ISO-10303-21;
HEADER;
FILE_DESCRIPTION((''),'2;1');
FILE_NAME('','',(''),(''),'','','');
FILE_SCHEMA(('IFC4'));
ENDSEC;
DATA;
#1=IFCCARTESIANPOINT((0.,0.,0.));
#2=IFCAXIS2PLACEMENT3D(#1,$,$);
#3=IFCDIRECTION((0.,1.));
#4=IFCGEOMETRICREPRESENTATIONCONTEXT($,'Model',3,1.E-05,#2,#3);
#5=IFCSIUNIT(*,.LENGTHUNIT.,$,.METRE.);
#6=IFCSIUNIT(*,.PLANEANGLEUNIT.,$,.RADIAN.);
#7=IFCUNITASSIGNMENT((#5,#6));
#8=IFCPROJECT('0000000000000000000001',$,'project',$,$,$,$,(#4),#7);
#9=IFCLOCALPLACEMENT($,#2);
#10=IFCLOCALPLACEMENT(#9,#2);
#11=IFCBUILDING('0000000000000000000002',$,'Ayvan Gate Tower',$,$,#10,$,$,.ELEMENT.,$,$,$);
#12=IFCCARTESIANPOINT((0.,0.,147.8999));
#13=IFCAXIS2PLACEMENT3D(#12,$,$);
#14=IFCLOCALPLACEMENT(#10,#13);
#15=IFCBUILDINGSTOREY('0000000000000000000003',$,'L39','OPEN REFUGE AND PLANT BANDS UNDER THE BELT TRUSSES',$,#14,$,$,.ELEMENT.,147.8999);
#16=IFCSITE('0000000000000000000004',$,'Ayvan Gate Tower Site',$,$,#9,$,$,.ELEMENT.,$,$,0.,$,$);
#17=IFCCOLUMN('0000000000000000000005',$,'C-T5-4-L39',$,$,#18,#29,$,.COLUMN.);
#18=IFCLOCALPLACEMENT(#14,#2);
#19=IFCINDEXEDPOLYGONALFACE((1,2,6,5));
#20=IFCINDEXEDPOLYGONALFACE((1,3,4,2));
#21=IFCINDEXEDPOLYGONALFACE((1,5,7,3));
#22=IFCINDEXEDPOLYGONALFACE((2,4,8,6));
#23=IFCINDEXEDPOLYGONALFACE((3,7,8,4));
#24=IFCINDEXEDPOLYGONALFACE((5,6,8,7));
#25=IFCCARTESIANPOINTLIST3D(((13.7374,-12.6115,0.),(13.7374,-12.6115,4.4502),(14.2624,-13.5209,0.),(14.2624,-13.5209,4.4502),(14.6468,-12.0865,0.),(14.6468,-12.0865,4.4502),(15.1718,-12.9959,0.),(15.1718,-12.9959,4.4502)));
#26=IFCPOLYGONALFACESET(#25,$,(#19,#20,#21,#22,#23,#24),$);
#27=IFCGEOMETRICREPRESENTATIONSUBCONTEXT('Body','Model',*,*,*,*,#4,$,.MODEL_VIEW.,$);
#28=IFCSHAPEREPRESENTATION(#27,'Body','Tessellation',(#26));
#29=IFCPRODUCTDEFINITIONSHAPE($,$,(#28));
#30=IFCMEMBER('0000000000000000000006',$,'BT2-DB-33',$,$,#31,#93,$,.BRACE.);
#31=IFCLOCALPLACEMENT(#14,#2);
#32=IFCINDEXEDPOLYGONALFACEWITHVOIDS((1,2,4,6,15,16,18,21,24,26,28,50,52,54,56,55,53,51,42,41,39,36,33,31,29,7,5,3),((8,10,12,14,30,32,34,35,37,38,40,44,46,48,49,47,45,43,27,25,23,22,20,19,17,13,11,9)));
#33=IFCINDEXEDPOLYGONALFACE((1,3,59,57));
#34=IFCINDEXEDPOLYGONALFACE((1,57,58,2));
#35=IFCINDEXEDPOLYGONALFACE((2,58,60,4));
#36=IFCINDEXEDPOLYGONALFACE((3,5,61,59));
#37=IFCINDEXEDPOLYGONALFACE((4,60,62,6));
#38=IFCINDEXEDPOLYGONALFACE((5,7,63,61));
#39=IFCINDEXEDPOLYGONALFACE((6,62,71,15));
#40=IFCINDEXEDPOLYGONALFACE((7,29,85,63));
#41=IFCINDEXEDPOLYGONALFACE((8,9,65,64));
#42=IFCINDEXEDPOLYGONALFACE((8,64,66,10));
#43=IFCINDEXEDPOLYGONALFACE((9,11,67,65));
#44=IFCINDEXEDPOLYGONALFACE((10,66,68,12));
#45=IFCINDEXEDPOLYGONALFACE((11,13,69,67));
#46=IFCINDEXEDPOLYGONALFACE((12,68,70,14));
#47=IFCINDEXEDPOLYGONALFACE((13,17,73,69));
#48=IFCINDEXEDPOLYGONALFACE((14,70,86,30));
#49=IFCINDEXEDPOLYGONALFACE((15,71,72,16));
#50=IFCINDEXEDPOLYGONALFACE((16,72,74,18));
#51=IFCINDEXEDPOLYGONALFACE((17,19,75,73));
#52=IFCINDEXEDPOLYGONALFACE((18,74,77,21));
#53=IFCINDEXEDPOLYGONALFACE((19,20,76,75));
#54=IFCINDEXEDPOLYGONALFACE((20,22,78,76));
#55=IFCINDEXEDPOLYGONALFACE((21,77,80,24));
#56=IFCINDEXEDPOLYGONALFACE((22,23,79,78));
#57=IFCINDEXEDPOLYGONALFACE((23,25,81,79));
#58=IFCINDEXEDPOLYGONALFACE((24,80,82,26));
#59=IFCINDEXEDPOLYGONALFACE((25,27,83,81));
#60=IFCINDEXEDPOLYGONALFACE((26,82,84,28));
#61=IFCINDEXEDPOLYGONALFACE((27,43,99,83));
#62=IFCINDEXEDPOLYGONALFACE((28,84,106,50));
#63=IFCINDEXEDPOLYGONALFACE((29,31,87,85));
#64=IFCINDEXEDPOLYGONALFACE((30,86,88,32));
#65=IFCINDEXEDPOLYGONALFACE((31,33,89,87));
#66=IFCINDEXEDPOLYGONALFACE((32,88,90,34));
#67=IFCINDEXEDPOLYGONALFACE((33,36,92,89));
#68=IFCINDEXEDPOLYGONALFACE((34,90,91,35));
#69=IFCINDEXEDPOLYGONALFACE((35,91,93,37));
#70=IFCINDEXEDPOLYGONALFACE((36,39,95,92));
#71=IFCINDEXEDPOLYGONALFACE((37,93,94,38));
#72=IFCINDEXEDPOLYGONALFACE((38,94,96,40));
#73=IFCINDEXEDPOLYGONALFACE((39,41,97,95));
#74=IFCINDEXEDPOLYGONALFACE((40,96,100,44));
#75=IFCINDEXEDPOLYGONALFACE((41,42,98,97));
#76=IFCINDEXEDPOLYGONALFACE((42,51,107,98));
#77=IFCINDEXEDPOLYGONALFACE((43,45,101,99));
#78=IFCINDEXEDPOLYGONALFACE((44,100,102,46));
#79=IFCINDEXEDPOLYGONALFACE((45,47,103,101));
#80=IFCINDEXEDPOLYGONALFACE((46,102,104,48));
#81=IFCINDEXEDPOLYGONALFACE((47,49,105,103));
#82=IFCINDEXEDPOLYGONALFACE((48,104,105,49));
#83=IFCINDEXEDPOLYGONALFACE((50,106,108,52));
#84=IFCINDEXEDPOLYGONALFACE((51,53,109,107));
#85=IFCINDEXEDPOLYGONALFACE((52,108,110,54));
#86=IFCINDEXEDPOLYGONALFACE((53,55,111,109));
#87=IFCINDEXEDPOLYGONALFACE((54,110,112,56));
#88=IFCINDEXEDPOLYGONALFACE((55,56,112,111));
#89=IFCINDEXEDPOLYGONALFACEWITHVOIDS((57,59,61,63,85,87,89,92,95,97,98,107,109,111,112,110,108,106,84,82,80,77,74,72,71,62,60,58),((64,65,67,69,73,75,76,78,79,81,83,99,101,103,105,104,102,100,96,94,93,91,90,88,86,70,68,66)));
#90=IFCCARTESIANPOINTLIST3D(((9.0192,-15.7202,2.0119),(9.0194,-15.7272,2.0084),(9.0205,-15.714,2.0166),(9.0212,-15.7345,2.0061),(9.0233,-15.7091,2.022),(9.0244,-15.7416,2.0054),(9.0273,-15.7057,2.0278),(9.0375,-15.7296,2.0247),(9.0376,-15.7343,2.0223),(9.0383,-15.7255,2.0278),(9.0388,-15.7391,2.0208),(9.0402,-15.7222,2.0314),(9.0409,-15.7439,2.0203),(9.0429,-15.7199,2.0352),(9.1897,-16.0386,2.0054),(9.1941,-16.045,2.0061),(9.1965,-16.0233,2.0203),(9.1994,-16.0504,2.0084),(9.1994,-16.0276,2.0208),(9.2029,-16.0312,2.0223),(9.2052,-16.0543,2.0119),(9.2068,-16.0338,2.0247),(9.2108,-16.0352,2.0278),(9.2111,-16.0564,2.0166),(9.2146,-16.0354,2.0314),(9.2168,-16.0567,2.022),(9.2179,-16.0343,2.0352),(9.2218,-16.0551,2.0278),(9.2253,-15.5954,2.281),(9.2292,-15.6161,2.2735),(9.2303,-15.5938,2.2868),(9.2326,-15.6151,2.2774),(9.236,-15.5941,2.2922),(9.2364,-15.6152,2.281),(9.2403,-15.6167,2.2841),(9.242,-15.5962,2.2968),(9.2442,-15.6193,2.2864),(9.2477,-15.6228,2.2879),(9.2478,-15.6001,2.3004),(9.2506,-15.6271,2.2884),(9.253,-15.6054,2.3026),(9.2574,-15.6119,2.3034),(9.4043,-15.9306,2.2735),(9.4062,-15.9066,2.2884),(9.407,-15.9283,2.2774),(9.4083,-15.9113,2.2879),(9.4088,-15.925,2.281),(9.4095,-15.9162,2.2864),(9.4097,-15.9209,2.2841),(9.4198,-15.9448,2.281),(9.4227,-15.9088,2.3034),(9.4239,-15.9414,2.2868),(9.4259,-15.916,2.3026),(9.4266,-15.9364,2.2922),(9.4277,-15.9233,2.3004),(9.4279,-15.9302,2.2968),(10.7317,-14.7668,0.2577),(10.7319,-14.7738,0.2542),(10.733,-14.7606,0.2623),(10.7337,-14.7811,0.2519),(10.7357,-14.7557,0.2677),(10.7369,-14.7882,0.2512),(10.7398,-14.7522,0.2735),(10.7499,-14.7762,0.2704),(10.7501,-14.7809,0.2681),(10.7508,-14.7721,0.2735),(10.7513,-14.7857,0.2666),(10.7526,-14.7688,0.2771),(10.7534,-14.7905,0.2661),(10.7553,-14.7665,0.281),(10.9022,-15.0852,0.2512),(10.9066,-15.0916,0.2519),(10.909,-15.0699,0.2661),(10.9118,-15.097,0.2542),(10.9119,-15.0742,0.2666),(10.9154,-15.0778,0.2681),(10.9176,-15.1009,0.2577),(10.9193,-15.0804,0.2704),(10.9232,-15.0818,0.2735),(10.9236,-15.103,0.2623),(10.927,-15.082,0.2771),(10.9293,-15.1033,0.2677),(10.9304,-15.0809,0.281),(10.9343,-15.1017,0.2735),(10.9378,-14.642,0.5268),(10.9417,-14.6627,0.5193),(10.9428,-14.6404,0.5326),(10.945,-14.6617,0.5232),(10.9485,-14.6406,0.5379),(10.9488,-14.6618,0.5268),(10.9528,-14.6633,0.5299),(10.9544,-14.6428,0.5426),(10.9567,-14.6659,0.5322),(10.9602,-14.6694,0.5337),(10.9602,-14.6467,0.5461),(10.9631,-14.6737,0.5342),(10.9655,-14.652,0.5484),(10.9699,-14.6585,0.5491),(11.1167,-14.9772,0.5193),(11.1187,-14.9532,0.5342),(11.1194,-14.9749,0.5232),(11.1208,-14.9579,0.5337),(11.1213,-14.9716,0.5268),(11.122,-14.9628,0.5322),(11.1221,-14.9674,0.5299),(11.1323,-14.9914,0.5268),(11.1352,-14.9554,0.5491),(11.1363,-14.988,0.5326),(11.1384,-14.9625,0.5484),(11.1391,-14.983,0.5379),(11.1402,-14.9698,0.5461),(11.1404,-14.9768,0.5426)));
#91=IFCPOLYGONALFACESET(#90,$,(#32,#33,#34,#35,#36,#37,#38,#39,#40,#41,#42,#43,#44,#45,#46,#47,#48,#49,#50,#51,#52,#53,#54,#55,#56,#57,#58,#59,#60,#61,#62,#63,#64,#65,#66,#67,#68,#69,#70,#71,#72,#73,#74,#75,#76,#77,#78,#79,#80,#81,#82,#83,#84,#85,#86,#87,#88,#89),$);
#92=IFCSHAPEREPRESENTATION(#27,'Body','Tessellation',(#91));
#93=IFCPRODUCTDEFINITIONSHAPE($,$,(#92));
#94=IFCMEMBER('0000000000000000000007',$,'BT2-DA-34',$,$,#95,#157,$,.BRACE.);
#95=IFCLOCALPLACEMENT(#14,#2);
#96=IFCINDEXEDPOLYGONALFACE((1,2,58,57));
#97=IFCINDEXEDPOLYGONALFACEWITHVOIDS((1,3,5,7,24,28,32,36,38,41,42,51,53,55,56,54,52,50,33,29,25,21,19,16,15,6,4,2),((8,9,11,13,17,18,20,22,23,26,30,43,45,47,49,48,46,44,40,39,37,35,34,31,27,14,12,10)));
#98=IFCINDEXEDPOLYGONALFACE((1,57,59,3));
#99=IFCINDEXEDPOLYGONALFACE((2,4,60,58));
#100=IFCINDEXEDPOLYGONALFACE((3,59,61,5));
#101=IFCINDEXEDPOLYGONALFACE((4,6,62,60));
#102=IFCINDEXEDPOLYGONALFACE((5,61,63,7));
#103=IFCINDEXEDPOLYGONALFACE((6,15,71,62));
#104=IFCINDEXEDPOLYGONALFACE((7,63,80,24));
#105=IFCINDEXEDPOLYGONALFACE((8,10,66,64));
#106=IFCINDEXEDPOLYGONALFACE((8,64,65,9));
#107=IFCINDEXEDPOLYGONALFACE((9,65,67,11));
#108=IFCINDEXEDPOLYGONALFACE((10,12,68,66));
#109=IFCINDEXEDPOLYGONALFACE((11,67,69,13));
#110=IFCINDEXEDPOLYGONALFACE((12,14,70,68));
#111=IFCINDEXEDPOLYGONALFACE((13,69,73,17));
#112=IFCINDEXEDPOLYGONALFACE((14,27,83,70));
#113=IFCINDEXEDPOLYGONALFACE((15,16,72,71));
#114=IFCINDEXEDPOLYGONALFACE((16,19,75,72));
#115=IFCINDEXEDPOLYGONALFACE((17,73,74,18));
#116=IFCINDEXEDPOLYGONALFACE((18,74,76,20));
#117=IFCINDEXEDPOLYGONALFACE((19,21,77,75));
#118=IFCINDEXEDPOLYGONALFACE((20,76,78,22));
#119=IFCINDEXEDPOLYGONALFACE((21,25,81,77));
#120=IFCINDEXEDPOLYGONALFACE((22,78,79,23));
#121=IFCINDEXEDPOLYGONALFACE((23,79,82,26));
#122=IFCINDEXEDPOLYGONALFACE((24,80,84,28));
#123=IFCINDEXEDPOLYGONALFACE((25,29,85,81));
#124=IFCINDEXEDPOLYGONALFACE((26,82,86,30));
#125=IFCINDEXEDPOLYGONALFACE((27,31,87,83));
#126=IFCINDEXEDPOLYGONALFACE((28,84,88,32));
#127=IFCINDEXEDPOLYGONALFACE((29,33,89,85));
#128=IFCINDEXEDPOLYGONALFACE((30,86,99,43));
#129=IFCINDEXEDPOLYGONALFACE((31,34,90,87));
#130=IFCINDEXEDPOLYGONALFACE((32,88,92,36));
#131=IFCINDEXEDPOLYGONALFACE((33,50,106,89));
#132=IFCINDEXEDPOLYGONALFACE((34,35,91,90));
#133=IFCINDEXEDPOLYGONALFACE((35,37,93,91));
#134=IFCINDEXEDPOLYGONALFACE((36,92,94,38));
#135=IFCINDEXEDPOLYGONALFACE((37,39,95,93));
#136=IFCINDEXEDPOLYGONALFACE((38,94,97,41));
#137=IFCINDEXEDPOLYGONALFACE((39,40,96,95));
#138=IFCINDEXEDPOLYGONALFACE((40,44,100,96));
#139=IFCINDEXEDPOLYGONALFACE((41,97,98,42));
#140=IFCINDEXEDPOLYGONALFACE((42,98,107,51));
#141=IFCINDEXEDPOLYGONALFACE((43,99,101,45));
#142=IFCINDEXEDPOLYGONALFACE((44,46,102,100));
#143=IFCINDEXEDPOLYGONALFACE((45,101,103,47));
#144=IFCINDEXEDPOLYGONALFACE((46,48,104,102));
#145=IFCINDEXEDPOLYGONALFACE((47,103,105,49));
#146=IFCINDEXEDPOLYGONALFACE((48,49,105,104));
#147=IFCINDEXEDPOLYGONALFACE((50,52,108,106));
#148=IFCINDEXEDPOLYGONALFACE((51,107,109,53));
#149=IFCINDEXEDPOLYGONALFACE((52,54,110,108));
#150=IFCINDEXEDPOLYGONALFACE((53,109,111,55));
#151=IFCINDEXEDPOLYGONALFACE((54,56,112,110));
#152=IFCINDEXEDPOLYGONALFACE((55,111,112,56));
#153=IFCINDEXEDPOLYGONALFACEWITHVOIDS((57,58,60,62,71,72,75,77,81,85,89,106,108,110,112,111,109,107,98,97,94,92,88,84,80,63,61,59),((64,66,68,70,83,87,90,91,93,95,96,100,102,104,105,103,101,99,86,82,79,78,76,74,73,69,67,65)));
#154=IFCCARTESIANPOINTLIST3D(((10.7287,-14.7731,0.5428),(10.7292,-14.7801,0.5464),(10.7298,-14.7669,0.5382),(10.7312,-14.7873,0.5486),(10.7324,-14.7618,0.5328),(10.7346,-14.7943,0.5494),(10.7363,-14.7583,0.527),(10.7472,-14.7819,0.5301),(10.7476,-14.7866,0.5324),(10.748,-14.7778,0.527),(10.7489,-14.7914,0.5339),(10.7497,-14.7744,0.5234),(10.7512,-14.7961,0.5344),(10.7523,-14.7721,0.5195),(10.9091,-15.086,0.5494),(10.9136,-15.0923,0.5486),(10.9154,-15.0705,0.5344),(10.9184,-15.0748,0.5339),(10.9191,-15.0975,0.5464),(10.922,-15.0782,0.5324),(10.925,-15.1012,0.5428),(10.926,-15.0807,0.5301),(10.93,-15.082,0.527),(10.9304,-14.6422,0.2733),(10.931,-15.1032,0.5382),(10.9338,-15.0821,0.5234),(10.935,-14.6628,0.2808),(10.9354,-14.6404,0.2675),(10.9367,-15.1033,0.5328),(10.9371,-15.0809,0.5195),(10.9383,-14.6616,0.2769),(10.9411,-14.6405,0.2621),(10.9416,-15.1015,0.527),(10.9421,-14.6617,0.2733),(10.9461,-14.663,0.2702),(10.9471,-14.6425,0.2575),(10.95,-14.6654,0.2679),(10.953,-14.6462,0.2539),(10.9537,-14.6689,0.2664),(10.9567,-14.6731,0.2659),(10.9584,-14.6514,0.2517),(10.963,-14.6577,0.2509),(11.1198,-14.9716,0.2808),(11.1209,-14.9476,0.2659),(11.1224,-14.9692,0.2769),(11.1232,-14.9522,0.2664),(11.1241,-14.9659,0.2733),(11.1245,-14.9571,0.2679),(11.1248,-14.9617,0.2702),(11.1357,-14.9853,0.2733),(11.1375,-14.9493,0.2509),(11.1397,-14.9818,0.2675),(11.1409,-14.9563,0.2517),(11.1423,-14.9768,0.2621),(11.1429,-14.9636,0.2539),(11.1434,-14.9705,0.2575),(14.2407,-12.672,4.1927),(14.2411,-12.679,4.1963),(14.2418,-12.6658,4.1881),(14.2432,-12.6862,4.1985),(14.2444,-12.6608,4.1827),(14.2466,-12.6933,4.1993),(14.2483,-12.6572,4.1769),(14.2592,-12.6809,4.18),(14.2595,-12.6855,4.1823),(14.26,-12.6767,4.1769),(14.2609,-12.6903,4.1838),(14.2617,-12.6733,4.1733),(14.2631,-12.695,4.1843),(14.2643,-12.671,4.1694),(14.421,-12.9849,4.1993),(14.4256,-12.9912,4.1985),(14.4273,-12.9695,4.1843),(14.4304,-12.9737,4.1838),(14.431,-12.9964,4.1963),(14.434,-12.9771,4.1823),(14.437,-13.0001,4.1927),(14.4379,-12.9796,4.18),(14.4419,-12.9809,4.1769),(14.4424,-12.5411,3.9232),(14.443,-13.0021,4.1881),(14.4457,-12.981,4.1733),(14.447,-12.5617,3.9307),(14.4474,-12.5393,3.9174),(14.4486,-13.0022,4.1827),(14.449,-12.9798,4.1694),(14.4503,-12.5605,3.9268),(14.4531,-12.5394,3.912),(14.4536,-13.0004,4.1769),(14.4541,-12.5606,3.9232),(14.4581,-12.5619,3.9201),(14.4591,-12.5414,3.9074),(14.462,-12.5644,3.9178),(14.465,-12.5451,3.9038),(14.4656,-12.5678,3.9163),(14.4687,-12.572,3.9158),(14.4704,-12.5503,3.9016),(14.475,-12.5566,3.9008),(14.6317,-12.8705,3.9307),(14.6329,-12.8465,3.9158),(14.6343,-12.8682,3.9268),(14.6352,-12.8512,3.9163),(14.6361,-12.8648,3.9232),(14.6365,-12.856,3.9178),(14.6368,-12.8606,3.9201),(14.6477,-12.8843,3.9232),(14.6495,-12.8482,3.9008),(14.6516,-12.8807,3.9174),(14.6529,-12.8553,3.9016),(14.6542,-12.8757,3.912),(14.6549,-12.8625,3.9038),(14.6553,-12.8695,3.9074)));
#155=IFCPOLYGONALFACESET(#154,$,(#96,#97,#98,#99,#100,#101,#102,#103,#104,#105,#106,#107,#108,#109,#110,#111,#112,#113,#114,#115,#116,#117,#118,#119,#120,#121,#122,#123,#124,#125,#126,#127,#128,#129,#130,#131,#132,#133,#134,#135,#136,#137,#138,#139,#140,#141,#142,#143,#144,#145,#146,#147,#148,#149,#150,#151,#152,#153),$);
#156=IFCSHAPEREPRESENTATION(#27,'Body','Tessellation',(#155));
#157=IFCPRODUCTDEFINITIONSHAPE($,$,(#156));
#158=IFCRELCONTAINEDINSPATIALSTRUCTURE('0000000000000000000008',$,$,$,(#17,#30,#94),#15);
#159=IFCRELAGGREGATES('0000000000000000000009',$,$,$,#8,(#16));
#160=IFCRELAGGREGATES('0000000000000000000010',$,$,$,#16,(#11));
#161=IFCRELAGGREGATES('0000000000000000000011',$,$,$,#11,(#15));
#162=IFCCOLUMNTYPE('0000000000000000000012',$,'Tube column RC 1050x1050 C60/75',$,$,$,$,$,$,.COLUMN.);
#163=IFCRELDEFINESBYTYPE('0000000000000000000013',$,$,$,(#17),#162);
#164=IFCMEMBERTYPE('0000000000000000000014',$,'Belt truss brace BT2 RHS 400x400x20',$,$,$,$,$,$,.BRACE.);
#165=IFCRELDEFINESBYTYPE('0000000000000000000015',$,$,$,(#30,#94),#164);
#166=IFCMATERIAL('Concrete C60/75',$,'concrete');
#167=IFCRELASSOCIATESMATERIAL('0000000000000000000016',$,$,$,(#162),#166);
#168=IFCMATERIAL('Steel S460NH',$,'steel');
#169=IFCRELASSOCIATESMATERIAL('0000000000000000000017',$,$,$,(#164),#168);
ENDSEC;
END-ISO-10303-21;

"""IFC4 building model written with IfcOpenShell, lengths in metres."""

from ifc_helpers import new_model, si_unit, direction, frame, origin, origin_2d, place, context, subcontext, project, spatial, rectangle, hollow_rectangle, extrude, material, material_profile, profile_set, type_object, element, save


model = new_model("IFC4")

# Units and contexts
model_context = context("Model", 3, precision=1e-05, world=origin(), true_north=direction((0.0, 1.0)))
body_context = subcontext(model_context, "Body", "Model", "MODEL_VIEW")
ifc_project = project(units=[si_unit("LENGTHUNIT", "METRE"), si_unit("PLANEANGLEUNIT", "RADIAN")], contexts=[model_context])

# Site, building, storey
site_placement = place(None, origin())
site = spatial("IfcSite", under=ifc_project, at=site_placement, Name="Ayvan Gate Tower Site", CompositionType="ELEMENT", RefElevation=0.0)
building_placement = place(site_placement, origin())
building = spatial("IfcBuilding", under=site, at=building_placement, Name="Ayvan Gate Tower", CompositionType="ELEMENT")
storey_placement = place(building_placement, frame((0.0, 0.0, 147.8999)))
storey = spatial("IfcBuildingStorey", under=building, at=storey_placement, Name="L39", Description="OPEN REFUGE AND PLANT BANDS UNDER THE BELT TRUSSES", CompositionType="ELEMENT", Elevation=147.8999)

# Column
ifc_material_1 = material(Name="Concrete C60/75", Category="concrete")
ifc_material_profile_1 = material_profile(ifc_material_1, rectangle(XDim=1.05, YDim=1.05, at=origin_2d()), Name="RC 1050x1050")
ifc_profile_set_1 = profile_set([ifc_material_profile_1], Name="Concrete C60/75")
column_type = type_object("IfcColumnType", Name="Tube column RC 1050x1050 C60/75", PredefinedType="COLUMN", material=ifc_profile_set_1)
column_placement = place(storey_placement, frame((14.4546, -12.8037, 0.0), z_axis=(0.0, 0.0, 1.0), x_axis=(0.5, -0.866025, 0.0)))
element("IfcColumn", 1, at=column_placement, inside=storey, type_object=column_type, Name="C-T5-4-L39", PredefinedType="COLUMN", context=body_context, shape_type="SweptSolid", body=[
    extrude(rectangle(XDim=1.05, YDim=1.05, at=origin_2d()), origin(), (0.0, 0.0, 1.0), 4.4502),
])

# Members
ifc_material_2 = material(Name="Steel S460NH", Category="steel")
ifc_material_profile_2 = material_profile(ifc_material_2, hollow_rectangle(XDim=0.3999, YDim=0.3999, WallThickness=0.02, InnerFilletRadius=0.02, OuterFilletRadius=0.03, at=origin_2d()), Name="RHS 400x400x20")
ifc_profile_set_2 = profile_set([ifc_material_profile_2], Name="Steel S460NH")
member_type_1 = type_object("IfcMemberType", Name="Belt truss brace BT2 RHS 400x400x20", PredefinedType="BRACE", material=ifc_profile_set_2)
member_1_placement = place(storey_placement, frame((10.936, -14.8718, 0.4001), z_axis=(-0.651039, -0.362462, 0.666911), x_axis=(0.486436, -0.873716, 0.0)))
element("IfcMember", 2, at=member_1_placement, inside=storey, type_object=member_type_1, Name="BT2-DB-33", PredefinedType="BRACE", context=body_context, shape_type="SweptSolid", body=[
    extrude(hollow_rectangle(XDim=0.3999, YDim=0.3999, WallThickness=0.02, InnerFilletRadius=0.02, OuterFilletRadius=0.03, at=origin_2d()), origin(), (0.0, 0.0, 1.0), 2.6304),
])
member_2_placement = place(storey_placement, frame((10.936, -14.8718, 0.4001), z_axis=(0.640445, 0.383154, 0.6656), x_axis=(-0.513399, 0.85815, 0.0)))
element("IfcMember", 3, at=member_2_placement, inside=storey, type_object=member_type_1, Name="BT2-DA-34", PredefinedType="BRACE", context=body_context, shape_type="SweptSolid", body=[
    extrude(hollow_rectangle(XDim=0.3999, YDim=0.3999, WallThickness=0.02, InnerFilletRadius=0.02, OuterFilletRadius=0.03, at=origin_2d()), origin(), (0.0, 0.0, 1.0), 5.4836),
])

save(model, "model.ifc")
